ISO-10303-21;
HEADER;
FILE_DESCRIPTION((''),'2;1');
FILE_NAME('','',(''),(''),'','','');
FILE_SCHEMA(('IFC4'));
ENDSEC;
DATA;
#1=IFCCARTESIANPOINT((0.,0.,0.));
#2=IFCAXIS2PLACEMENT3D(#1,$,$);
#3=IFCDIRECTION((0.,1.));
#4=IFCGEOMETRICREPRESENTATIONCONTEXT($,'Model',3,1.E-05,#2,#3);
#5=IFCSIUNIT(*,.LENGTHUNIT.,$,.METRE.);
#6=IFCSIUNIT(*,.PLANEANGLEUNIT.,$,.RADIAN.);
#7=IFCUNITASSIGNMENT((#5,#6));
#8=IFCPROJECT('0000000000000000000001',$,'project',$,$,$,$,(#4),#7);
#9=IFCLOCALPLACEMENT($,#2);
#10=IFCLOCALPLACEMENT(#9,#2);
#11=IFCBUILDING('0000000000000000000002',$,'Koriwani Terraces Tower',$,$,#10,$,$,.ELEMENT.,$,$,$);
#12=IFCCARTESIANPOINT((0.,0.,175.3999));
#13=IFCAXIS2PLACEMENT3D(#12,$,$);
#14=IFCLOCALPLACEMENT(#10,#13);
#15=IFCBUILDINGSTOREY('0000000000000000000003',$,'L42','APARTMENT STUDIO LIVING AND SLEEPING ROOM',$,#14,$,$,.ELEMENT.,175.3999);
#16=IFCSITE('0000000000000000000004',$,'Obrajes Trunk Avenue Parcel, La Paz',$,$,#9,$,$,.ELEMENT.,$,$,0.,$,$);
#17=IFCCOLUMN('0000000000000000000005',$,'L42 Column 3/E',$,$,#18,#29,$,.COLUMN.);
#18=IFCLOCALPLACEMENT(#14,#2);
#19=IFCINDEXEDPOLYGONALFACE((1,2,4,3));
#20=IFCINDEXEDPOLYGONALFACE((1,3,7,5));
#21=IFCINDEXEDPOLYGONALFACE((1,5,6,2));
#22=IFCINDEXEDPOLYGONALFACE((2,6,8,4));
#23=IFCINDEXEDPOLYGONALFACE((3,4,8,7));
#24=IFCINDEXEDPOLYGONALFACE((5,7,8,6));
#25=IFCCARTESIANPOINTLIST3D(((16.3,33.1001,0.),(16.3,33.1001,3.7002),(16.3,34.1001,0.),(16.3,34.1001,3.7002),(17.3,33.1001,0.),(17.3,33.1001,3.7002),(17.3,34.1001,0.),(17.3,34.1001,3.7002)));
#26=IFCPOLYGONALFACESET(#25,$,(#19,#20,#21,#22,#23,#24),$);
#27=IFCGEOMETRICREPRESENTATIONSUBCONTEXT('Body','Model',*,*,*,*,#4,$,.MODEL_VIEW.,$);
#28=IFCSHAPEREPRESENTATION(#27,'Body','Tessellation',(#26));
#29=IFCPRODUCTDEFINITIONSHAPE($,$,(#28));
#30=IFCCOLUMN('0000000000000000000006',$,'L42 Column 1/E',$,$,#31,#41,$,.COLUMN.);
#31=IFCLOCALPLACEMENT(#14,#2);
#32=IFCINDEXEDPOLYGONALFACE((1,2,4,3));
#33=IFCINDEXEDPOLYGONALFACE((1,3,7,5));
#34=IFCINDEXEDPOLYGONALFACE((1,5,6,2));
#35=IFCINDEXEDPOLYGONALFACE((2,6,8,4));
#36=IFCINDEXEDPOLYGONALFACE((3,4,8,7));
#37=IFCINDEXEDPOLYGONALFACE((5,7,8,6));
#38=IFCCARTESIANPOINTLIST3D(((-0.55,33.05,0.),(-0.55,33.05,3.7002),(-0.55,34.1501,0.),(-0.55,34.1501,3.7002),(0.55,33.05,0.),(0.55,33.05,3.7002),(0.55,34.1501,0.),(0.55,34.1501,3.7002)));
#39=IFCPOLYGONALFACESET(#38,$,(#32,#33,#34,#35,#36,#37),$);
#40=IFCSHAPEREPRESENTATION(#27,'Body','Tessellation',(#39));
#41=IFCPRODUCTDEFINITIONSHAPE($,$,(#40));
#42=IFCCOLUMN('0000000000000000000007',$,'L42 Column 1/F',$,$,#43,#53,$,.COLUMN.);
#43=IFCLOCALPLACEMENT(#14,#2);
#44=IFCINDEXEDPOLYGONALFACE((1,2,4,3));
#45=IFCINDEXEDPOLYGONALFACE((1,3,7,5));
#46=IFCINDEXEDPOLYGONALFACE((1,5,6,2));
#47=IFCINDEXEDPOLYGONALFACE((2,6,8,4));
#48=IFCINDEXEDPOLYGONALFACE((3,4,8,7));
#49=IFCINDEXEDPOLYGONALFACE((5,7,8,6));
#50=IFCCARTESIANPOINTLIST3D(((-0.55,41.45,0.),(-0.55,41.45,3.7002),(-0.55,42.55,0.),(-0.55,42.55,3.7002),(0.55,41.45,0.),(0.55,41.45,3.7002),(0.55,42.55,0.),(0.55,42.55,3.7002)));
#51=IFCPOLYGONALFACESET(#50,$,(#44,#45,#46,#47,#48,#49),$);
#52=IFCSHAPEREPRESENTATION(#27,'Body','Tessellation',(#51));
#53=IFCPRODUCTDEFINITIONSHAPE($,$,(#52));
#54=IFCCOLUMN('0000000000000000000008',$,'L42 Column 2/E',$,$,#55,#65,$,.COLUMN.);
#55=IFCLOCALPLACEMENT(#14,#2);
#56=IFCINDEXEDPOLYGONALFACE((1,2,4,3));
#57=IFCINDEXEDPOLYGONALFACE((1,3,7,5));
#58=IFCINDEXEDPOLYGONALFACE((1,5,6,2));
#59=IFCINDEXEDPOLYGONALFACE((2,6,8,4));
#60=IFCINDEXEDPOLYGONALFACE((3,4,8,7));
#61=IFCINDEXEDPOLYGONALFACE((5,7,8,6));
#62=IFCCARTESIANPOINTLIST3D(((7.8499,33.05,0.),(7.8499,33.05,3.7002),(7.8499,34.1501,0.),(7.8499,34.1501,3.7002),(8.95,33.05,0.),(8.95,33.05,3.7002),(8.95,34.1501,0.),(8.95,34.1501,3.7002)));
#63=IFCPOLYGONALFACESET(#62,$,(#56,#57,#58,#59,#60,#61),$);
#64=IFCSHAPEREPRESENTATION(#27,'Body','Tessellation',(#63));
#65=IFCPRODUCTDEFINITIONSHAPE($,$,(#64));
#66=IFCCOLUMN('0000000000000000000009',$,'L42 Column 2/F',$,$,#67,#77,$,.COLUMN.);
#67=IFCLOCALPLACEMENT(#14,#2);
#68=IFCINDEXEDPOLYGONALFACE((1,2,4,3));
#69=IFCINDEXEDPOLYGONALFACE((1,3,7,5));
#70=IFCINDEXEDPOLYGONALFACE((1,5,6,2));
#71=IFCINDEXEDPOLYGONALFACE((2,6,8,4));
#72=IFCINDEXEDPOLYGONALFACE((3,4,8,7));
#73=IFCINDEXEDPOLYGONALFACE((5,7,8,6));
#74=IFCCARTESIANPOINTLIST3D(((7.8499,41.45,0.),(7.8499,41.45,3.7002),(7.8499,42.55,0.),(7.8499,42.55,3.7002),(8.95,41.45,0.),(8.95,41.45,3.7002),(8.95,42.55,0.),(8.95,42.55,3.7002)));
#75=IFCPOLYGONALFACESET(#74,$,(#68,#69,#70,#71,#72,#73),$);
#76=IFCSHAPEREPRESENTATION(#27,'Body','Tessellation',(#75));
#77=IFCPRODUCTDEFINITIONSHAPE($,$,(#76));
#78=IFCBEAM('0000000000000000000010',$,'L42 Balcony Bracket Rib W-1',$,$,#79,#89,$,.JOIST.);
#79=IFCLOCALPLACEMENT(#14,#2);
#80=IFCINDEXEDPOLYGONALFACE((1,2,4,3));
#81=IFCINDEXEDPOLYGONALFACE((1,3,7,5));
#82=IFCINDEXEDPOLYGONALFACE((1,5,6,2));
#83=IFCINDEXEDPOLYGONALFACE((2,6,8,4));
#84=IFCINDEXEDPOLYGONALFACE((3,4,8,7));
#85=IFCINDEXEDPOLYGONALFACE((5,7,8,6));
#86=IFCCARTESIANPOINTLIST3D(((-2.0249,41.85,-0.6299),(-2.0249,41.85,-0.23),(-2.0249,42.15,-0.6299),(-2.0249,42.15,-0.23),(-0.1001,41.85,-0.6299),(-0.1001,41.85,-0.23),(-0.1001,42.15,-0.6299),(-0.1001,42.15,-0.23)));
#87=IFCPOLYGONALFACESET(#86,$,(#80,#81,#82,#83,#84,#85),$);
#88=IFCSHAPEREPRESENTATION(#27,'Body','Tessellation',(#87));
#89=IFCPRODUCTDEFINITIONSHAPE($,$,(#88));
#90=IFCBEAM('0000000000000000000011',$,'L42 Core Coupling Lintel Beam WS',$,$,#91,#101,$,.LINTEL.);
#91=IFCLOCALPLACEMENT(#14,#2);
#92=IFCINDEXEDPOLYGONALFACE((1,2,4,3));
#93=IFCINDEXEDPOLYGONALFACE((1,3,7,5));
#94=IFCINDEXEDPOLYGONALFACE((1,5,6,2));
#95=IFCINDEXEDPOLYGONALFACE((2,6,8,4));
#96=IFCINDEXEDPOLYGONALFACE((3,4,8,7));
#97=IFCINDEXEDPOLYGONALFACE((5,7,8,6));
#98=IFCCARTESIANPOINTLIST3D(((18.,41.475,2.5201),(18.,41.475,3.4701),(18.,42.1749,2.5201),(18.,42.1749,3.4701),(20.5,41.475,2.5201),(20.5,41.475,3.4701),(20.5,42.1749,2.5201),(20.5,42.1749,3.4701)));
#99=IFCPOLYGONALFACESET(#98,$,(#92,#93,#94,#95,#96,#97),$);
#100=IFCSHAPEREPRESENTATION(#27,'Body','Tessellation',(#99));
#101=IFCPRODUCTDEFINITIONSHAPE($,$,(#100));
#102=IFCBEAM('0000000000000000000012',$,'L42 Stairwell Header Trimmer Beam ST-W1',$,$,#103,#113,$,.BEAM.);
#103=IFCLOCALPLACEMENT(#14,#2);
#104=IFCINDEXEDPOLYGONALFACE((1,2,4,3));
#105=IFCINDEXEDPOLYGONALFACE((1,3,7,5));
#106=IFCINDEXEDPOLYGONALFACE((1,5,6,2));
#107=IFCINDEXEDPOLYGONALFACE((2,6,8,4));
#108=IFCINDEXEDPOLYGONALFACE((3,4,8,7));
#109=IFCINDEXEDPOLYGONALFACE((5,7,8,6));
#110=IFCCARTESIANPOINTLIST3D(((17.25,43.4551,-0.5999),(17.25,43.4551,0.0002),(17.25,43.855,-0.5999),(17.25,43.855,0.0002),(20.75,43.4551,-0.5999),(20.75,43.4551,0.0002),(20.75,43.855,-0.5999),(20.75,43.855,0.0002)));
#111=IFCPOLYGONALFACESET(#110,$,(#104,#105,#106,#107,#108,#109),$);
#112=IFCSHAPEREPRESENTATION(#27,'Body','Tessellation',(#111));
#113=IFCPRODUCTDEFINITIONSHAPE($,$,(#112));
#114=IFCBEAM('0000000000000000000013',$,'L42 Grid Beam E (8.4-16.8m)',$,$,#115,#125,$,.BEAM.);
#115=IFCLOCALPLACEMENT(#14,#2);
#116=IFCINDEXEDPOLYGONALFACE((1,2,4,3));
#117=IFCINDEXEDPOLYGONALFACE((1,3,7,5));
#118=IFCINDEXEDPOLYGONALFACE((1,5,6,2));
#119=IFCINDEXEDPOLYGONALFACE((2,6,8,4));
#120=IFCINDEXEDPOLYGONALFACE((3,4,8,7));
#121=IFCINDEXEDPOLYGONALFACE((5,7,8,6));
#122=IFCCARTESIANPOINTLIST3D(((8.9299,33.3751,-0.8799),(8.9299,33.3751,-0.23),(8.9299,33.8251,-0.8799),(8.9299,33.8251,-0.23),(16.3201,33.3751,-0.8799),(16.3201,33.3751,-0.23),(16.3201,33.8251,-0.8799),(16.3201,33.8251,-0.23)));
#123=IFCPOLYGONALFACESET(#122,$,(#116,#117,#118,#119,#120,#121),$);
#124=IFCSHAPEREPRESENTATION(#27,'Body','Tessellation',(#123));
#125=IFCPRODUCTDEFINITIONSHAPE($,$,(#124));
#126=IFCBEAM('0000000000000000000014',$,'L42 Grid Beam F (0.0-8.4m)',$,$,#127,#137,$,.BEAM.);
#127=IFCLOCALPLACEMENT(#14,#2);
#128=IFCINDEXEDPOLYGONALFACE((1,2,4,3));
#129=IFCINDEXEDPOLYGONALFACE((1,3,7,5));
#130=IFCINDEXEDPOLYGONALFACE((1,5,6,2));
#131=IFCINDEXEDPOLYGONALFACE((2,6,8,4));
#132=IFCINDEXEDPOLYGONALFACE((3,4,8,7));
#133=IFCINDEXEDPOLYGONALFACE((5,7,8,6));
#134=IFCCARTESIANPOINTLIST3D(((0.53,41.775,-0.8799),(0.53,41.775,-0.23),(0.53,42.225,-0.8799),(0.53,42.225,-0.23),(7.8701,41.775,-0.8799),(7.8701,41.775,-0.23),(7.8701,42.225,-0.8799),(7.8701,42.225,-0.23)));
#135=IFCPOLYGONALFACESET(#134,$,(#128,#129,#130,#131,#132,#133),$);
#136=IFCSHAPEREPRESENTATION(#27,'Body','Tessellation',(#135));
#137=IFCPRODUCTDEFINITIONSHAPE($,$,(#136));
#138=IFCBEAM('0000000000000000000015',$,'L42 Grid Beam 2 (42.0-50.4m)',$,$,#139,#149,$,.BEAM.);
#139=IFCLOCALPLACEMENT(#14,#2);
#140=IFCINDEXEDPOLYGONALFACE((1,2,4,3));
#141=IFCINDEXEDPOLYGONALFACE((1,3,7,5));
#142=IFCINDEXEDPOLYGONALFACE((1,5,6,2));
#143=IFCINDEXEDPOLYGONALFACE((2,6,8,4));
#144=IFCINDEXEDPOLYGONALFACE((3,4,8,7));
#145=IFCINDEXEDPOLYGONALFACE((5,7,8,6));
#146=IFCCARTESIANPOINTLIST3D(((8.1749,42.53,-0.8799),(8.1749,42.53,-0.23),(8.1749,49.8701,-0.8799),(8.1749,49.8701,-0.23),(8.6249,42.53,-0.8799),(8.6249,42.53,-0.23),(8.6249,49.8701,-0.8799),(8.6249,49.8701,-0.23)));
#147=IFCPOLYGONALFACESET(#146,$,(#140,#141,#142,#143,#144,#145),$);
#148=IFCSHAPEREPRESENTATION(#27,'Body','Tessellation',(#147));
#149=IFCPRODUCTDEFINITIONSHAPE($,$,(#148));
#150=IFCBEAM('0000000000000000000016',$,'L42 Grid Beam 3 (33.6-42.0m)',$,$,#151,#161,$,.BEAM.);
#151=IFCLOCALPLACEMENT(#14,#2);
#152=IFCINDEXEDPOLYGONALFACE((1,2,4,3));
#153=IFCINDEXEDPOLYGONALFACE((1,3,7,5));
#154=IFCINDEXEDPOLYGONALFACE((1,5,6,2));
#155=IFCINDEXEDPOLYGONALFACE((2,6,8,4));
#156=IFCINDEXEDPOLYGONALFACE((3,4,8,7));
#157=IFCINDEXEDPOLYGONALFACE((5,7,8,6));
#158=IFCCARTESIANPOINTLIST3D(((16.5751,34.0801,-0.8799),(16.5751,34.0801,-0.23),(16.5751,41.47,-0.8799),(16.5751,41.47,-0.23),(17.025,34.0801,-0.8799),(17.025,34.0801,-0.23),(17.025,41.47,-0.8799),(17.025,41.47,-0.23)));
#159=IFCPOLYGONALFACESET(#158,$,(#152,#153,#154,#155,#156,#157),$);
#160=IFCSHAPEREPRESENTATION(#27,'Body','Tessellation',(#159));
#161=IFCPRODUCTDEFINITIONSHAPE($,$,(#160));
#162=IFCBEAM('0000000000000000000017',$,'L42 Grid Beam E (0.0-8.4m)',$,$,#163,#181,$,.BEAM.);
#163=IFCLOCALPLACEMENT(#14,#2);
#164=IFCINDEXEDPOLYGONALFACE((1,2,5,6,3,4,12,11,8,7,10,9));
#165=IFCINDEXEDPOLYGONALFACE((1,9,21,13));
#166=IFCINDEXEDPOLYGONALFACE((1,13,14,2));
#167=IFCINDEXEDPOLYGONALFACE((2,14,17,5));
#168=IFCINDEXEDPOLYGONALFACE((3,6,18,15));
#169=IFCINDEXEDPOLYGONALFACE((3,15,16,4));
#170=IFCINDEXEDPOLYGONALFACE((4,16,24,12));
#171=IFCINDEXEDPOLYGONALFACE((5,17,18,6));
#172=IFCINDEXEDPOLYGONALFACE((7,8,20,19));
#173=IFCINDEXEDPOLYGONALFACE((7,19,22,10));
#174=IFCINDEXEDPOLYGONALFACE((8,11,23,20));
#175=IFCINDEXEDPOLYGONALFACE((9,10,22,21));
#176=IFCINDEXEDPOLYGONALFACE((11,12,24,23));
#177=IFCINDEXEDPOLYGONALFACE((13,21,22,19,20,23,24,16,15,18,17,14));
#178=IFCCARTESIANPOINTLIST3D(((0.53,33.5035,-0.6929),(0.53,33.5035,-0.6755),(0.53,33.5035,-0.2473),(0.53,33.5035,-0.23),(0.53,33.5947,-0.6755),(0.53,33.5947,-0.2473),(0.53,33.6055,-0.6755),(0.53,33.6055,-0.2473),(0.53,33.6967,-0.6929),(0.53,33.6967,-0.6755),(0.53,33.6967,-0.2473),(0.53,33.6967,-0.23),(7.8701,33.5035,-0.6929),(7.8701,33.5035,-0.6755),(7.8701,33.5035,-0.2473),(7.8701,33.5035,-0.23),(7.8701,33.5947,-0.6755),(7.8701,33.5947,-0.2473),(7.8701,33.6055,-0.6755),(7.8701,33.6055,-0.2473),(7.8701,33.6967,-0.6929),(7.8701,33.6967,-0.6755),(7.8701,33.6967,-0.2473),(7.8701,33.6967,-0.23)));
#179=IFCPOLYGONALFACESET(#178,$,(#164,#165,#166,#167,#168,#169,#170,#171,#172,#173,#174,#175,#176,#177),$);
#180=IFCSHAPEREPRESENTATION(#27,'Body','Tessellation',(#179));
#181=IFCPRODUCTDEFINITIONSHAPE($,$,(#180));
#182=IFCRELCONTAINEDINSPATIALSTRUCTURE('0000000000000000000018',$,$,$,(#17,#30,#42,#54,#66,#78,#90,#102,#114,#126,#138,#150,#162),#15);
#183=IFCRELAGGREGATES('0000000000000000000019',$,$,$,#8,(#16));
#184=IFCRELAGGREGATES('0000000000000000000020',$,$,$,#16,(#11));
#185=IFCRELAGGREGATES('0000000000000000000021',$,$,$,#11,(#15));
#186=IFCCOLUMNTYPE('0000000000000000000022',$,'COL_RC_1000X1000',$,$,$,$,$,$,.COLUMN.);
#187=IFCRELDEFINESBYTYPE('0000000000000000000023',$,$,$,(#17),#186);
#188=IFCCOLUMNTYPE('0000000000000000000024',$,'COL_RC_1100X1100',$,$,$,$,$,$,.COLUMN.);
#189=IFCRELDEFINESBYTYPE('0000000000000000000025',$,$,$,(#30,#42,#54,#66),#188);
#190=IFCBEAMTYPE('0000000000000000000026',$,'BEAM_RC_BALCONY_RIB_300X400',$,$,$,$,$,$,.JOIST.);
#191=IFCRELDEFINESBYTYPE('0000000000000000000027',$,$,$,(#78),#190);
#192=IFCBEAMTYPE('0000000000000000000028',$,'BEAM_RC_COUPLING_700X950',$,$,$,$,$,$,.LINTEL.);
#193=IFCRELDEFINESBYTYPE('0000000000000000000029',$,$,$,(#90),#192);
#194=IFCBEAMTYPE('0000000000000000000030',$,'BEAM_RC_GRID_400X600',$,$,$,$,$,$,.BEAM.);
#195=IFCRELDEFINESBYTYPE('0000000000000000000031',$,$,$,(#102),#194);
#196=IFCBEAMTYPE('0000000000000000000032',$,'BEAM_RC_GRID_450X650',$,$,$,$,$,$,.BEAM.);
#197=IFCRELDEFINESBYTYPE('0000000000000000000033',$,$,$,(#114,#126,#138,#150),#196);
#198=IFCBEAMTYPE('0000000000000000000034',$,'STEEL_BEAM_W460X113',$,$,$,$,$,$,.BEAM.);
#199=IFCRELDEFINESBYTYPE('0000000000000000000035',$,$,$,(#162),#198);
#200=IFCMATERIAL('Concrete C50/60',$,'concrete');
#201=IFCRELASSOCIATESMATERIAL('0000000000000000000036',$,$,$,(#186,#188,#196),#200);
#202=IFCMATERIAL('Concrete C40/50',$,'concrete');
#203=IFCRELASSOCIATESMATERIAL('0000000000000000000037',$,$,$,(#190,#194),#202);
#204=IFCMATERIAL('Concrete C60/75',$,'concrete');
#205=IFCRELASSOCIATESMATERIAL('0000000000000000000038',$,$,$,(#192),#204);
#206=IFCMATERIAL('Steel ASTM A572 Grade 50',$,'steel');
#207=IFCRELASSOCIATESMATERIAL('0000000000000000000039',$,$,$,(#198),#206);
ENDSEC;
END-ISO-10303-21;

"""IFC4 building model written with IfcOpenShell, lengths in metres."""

from ifc_helpers import new_model, si_unit, direction, frame, origin, origin_2d, place, context, subcontext, project, spatial, rectangle, i_section, extrude, material, material_profile, profile_set, type_object, element, save


model = new_model("IFC4")

# Units and contexts
model_context = context("Model", 3, precision=1e-05, world=origin(), true_north=direction((0.0, 1.0)))
body_context = subcontext(model_context, "Body", "Model", "MODEL_VIEW")
ifc_project = project(units=[si_unit("LENGTHUNIT", "METRE"), si_unit("PLANEANGLEUNIT", "RADIAN")], contexts=[model_context])

# Site, building, storey
site_placement = place(None, origin())
site = spatial("IfcSite", under=ifc_project, at=site_placement, Name="Obrajes Trunk Avenue Parcel, La Paz", CompositionType="ELEMENT", RefElevation=0.0)
building_placement = place(site_placement, origin())
building = spatial("IfcBuilding", under=site, at=building_placement, Name="Koriwani Terraces Tower", CompositionType="ELEMENT")
storey_placement = place(building_placement, frame((0.0, 0.0, 175.3999)))
storey = spatial("IfcBuildingStorey", under=building, at=storey_placement, Name="L42", Description="APARTMENT STUDIO LIVING AND SLEEPING ROOM", CompositionType="ELEMENT", Elevation=175.3999)

# Columns
ifc_material_1 = material(Name="Concrete C50/60", Category="concrete")
ifc_material_profile_1 = material_profile(ifc_material_1, rectangle(XDim=1.0, YDim=1.0, at=origin_2d()), Name="Concrete C50/60", Category="LoadBearing")
ifc_profile_set_1 = profile_set([ifc_material_profile_1], Name="Concrete C50/60")
column_type_1 = type_object("IfcColumnType", Name="COL_RC_1000X1000", PredefinedType="COLUMN", material=ifc_profile_set_1)
column_placement = place(storey_placement, frame((16.8, 33.6001, 0.0), z_axis=(0.0, 0.0, 1.0), x_axis=(1.0, 0.0, 0.0)))
element("IfcColumn", 1, at=column_placement, inside=storey, type_object=column_type_1, Name="L42 Column 3/E", PredefinedType="COLUMN", context=body_context, shape_type="SweptSolid", body=[
    extrude(rectangle(XDim=1.0, YDim=1.0, at=origin_2d()), origin(), (0.0, 0.0, 1.0), 3.7002),
])
ifc_material_profile_2 = material_profile(ifc_material_1, rectangle(XDim=1.1001, YDim=1.1001, at=origin_2d()), Name="Concrete C50/60", Category="LoadBearing")
ifc_profile_set_2 = profile_set([ifc_material_profile_2], Name="Concrete C50/60")
column_type_2 = type_object("IfcColumnType", Name="COL_RC_1100X1100", PredefinedType="COLUMN", material=ifc_profile_set_2)
for number, where, z_axis, x_axis, name in (
    (2, (0.0, 33.6001, 0.0), (0.0, 0.0, 1.0), (1.0, 0.0, 0.0), "L42 Column 1/E"),
    (3, (0.0, 42.0, 0.0), (0.0, 0.0, 1.0), (1.0, 0.0, 0.0), "L42 Column 1/F"),
    (4, (8.3999, 33.6001, 0.0), (0.0, 0.0, 1.0), (1.0, 0.0, 0.0), "L42 Column 2/E"),
    (5, (8.3999, 42.0, 0.0), (0.0, 0.0, 1.0), (1.0, 0.0, 0.0), "L42 Column 2/F"),
):
    element("IfcColumn", number, at=place(storey_placement, frame(where, z_axis=z_axis, x_axis=x_axis)), inside=storey, type_object=column_type_2, Name=name, PredefinedType="COLUMN", context=body_context, shape_type="SweptSolid", body=[
        extrude(rectangle(XDim=1.1001, YDim=1.1001, at=origin_2d()), origin(), (0.0, 0.0, 1.0), 3.7002),
    ])

# Beams
ifc_material_2 = material(Name="Concrete C40/50", Category="concrete")
ifc_material_profile_3 = material_profile(ifc_material_2, rectangle(XDim=0.3, YDim=0.3999, at=origin_2d()), Name="Concrete C40/50", Category="LoadBearing")
ifc_profile_set_3 = profile_set([ifc_material_profile_3], Name="Concrete C40/50")
beam_type_1 = type_object("IfcBeamType", Name="BEAM_RC_BALCONY_RIB_300X400", PredefinedType="JOIST", material=ifc_profile_set_3)
beam_1_placement = place(storey_placement, frame((-2.0249, 42.0, -0.4299), z_axis=(1.0, 0.0, 0.0), x_axis=(0.0, 1.0, 0.0)))
element("IfcBeam", 6, at=beam_1_placement, inside=storey, type_object=beam_type_1, Name="L42 Balcony Bracket Rib W-1", PredefinedType="JOIST", context=body_context, shape_type="SweptSolid", body=[
    extrude(rectangle(XDim=0.3, YDim=0.3999, at=origin_2d()), origin(), (0.0, 0.0, 1.0), 1.9248),
])
ifc_material_3 = material(Name="Concrete C60/75", Category="concrete")
ifc_material_profile_4 = material_profile(ifc_material_3, rectangle(XDim=0.7, YDim=0.95, at=origin_2d()), Name="Concrete C60/75", Category="LoadBearing")
ifc_profile_set_4 = profile_set([ifc_material_profile_4], Name="Concrete C60/75")
beam_type_2 = type_object("IfcBeamType", Name="BEAM_RC_COUPLING_700X950", PredefinedType="LINTEL", material=ifc_profile_set_4)
beam_2_placement = place(storey_placement, frame((18.0, 41.825, 2.9951), z_axis=(1.0, 0.0, 0.0), x_axis=(0.0, 1.0, 0.0)))
element("IfcBeam", 7, at=beam_2_placement, inside=storey, type_object=beam_type_2, Name="L42 Core Coupling Lintel Beam WS", PredefinedType="LINTEL", context=body_context, shape_type="SweptSolid", body=[
    extrude(rectangle(XDim=0.7, YDim=0.95, at=origin_2d()), origin(), (0.0, 0.0, 1.0), 2.5),
])
ifc_material_profile_5 = material_profile(ifc_material_2, rectangle(XDim=0.3999, YDim=0.6001, at=origin_2d()), Name="Concrete C40/50", Category="LoadBearing")
ifc_profile_set_5 = profile_set([ifc_material_profile_5], Name="Concrete C40/50")
beam_type_3 = type_object("IfcBeamType", Name="BEAM_RC_GRID_400X600", PredefinedType="BEAM", material=ifc_profile_set_5)
beam_3_placement = place(storey_placement, frame((17.25, 43.655, -0.2998), z_axis=(1.0, 0.0, 0.0), x_axis=(0.0, 1.0, 0.0)))
element("IfcBeam", 8, at=beam_3_placement, inside=storey, type_object=beam_type_3, Name="L42 Stairwell Header Trimmer Beam ST-W1", PredefinedType="BEAM", context=body_context, shape_type="SweptSolid", body=[
    extrude(rectangle(XDim=0.3999, YDim=0.6001, at=origin_2d()), origin(), (0.0, 0.0, 1.0), 3.5),
])
ifc_material_profile_6 = material_profile(ifc_material_1, rectangle(XDim=0.45, YDim=0.6499, at=origin_2d()), Name="Concrete C50/60", Category="LoadBearing")
ifc_profile_set_6 = profile_set([ifc_material_profile_6], Name="Concrete C50/60")
beam_type_4 = type_object("IfcBeamType", Name="BEAM_RC_GRID_450X650", PredefinedType="BEAM", material=ifc_profile_set_6)
beam_4_placement = place(storey_placement, frame((8.9299, 33.6001, -0.5549), z_axis=(1.0, 0.0, 0.0), x_axis=(0.0, 1.0, 0.0)))
element("IfcBeam", 9, at=beam_4_placement, inside=storey, type_object=beam_type_4, Name="L42 Grid Beam E (8.4-16.8m)", PredefinedType="BEAM", context=body_context, shape_type="SweptSolid", body=[
    extrude(rectangle(XDim=0.45, YDim=0.6499, at=origin_2d()), origin(), (0.0, 0.0, 1.0), 7.3901),
])
for number, where, z_axis, x_axis, name in (
    (10, (0.53, 42.0, -0.5549), (1.0, 0.0, 0.0), (0.0, 1.0, 0.0), "L42 Grid Beam F (0.0-8.4m)"),
    (11, (8.3999, 42.53, -0.5549), (0.0, 1.0, 0.0), (-1.0, 0.0, 0.0), "L42 Grid Beam 2 (42.0-50.4m)"),
):
    element("IfcBeam", number, at=place(storey_placement, frame(where, z_axis=z_axis, x_axis=x_axis)), inside=storey, type_object=beam_type_4, Name=name, PredefinedType="BEAM", context=body_context, shape_type="SweptSolid", body=[
        extrude(rectangle(XDim=0.45, YDim=0.6499, at=origin_2d()), origin(), (0.0, 0.0, 1.0), 7.3401),
    ])
beam_5_placement = place(storey_placement, frame((16.8, 34.0801, -0.5549), z_axis=(0.0, 1.0, 0.0), x_axis=(-1.0, 0.0, 0.0)))
element("IfcBeam", 12, at=beam_5_placement, inside=storey, type_object=beam_type_4, Name="L42 Grid Beam 3 (33.6-42.0m)", PredefinedType="BEAM", context=body_context, shape_type="SweptSolid", body=[
    extrude(rectangle(XDim=0.45, YDim=0.6499, at=origin_2d()), origin(), (0.0, 0.0, 1.0), 7.3899),
])
ifc_material_4 = material(Name="Steel ASTM A572 Grade 50", Category="steel")
ifc_material_profile_7 = material_profile(ifc_material_4, i_section(OverallWidth=0.1931, OverallDepth=0.4629, WebThickness=0.0107, FlangeThickness=0.0173, at=origin_2d()), Name="Steel ASTM A572 Grade 50", Category="LoadBearing")
ifc_profile_set_7 = profile_set([ifc_material_profile_7], Name="Steel ASTM A572 Grade 50")
beam_type_5 = type_object("IfcBeamType", Name="STEEL_BEAM_W460X113", PredefinedType="BEAM", material=ifc_profile_set_7)
beam_6_placement = place(storey_placement, frame((0.53, 33.6001, -0.4614), z_axis=(1.0, 0.0, 0.0), x_axis=(0.0, 1.0, 0.0)))
element("IfcBeam", 13, at=beam_6_placement, inside=storey, type_object=beam_type_5, Name="L42 Grid Beam E (0.0-8.4m)", PredefinedType="BEAM", context=body_context, shape_type="SweptSolid", body=[
    extrude(i_section(OverallWidth=0.1931, OverallDepth=0.4629, WebThickness=0.0107, FlangeThickness=0.0173, at=origin_2d()), origin(), (0.0, 0.0, 1.0), 7.3401),
])

save(model, "model.ifc")
